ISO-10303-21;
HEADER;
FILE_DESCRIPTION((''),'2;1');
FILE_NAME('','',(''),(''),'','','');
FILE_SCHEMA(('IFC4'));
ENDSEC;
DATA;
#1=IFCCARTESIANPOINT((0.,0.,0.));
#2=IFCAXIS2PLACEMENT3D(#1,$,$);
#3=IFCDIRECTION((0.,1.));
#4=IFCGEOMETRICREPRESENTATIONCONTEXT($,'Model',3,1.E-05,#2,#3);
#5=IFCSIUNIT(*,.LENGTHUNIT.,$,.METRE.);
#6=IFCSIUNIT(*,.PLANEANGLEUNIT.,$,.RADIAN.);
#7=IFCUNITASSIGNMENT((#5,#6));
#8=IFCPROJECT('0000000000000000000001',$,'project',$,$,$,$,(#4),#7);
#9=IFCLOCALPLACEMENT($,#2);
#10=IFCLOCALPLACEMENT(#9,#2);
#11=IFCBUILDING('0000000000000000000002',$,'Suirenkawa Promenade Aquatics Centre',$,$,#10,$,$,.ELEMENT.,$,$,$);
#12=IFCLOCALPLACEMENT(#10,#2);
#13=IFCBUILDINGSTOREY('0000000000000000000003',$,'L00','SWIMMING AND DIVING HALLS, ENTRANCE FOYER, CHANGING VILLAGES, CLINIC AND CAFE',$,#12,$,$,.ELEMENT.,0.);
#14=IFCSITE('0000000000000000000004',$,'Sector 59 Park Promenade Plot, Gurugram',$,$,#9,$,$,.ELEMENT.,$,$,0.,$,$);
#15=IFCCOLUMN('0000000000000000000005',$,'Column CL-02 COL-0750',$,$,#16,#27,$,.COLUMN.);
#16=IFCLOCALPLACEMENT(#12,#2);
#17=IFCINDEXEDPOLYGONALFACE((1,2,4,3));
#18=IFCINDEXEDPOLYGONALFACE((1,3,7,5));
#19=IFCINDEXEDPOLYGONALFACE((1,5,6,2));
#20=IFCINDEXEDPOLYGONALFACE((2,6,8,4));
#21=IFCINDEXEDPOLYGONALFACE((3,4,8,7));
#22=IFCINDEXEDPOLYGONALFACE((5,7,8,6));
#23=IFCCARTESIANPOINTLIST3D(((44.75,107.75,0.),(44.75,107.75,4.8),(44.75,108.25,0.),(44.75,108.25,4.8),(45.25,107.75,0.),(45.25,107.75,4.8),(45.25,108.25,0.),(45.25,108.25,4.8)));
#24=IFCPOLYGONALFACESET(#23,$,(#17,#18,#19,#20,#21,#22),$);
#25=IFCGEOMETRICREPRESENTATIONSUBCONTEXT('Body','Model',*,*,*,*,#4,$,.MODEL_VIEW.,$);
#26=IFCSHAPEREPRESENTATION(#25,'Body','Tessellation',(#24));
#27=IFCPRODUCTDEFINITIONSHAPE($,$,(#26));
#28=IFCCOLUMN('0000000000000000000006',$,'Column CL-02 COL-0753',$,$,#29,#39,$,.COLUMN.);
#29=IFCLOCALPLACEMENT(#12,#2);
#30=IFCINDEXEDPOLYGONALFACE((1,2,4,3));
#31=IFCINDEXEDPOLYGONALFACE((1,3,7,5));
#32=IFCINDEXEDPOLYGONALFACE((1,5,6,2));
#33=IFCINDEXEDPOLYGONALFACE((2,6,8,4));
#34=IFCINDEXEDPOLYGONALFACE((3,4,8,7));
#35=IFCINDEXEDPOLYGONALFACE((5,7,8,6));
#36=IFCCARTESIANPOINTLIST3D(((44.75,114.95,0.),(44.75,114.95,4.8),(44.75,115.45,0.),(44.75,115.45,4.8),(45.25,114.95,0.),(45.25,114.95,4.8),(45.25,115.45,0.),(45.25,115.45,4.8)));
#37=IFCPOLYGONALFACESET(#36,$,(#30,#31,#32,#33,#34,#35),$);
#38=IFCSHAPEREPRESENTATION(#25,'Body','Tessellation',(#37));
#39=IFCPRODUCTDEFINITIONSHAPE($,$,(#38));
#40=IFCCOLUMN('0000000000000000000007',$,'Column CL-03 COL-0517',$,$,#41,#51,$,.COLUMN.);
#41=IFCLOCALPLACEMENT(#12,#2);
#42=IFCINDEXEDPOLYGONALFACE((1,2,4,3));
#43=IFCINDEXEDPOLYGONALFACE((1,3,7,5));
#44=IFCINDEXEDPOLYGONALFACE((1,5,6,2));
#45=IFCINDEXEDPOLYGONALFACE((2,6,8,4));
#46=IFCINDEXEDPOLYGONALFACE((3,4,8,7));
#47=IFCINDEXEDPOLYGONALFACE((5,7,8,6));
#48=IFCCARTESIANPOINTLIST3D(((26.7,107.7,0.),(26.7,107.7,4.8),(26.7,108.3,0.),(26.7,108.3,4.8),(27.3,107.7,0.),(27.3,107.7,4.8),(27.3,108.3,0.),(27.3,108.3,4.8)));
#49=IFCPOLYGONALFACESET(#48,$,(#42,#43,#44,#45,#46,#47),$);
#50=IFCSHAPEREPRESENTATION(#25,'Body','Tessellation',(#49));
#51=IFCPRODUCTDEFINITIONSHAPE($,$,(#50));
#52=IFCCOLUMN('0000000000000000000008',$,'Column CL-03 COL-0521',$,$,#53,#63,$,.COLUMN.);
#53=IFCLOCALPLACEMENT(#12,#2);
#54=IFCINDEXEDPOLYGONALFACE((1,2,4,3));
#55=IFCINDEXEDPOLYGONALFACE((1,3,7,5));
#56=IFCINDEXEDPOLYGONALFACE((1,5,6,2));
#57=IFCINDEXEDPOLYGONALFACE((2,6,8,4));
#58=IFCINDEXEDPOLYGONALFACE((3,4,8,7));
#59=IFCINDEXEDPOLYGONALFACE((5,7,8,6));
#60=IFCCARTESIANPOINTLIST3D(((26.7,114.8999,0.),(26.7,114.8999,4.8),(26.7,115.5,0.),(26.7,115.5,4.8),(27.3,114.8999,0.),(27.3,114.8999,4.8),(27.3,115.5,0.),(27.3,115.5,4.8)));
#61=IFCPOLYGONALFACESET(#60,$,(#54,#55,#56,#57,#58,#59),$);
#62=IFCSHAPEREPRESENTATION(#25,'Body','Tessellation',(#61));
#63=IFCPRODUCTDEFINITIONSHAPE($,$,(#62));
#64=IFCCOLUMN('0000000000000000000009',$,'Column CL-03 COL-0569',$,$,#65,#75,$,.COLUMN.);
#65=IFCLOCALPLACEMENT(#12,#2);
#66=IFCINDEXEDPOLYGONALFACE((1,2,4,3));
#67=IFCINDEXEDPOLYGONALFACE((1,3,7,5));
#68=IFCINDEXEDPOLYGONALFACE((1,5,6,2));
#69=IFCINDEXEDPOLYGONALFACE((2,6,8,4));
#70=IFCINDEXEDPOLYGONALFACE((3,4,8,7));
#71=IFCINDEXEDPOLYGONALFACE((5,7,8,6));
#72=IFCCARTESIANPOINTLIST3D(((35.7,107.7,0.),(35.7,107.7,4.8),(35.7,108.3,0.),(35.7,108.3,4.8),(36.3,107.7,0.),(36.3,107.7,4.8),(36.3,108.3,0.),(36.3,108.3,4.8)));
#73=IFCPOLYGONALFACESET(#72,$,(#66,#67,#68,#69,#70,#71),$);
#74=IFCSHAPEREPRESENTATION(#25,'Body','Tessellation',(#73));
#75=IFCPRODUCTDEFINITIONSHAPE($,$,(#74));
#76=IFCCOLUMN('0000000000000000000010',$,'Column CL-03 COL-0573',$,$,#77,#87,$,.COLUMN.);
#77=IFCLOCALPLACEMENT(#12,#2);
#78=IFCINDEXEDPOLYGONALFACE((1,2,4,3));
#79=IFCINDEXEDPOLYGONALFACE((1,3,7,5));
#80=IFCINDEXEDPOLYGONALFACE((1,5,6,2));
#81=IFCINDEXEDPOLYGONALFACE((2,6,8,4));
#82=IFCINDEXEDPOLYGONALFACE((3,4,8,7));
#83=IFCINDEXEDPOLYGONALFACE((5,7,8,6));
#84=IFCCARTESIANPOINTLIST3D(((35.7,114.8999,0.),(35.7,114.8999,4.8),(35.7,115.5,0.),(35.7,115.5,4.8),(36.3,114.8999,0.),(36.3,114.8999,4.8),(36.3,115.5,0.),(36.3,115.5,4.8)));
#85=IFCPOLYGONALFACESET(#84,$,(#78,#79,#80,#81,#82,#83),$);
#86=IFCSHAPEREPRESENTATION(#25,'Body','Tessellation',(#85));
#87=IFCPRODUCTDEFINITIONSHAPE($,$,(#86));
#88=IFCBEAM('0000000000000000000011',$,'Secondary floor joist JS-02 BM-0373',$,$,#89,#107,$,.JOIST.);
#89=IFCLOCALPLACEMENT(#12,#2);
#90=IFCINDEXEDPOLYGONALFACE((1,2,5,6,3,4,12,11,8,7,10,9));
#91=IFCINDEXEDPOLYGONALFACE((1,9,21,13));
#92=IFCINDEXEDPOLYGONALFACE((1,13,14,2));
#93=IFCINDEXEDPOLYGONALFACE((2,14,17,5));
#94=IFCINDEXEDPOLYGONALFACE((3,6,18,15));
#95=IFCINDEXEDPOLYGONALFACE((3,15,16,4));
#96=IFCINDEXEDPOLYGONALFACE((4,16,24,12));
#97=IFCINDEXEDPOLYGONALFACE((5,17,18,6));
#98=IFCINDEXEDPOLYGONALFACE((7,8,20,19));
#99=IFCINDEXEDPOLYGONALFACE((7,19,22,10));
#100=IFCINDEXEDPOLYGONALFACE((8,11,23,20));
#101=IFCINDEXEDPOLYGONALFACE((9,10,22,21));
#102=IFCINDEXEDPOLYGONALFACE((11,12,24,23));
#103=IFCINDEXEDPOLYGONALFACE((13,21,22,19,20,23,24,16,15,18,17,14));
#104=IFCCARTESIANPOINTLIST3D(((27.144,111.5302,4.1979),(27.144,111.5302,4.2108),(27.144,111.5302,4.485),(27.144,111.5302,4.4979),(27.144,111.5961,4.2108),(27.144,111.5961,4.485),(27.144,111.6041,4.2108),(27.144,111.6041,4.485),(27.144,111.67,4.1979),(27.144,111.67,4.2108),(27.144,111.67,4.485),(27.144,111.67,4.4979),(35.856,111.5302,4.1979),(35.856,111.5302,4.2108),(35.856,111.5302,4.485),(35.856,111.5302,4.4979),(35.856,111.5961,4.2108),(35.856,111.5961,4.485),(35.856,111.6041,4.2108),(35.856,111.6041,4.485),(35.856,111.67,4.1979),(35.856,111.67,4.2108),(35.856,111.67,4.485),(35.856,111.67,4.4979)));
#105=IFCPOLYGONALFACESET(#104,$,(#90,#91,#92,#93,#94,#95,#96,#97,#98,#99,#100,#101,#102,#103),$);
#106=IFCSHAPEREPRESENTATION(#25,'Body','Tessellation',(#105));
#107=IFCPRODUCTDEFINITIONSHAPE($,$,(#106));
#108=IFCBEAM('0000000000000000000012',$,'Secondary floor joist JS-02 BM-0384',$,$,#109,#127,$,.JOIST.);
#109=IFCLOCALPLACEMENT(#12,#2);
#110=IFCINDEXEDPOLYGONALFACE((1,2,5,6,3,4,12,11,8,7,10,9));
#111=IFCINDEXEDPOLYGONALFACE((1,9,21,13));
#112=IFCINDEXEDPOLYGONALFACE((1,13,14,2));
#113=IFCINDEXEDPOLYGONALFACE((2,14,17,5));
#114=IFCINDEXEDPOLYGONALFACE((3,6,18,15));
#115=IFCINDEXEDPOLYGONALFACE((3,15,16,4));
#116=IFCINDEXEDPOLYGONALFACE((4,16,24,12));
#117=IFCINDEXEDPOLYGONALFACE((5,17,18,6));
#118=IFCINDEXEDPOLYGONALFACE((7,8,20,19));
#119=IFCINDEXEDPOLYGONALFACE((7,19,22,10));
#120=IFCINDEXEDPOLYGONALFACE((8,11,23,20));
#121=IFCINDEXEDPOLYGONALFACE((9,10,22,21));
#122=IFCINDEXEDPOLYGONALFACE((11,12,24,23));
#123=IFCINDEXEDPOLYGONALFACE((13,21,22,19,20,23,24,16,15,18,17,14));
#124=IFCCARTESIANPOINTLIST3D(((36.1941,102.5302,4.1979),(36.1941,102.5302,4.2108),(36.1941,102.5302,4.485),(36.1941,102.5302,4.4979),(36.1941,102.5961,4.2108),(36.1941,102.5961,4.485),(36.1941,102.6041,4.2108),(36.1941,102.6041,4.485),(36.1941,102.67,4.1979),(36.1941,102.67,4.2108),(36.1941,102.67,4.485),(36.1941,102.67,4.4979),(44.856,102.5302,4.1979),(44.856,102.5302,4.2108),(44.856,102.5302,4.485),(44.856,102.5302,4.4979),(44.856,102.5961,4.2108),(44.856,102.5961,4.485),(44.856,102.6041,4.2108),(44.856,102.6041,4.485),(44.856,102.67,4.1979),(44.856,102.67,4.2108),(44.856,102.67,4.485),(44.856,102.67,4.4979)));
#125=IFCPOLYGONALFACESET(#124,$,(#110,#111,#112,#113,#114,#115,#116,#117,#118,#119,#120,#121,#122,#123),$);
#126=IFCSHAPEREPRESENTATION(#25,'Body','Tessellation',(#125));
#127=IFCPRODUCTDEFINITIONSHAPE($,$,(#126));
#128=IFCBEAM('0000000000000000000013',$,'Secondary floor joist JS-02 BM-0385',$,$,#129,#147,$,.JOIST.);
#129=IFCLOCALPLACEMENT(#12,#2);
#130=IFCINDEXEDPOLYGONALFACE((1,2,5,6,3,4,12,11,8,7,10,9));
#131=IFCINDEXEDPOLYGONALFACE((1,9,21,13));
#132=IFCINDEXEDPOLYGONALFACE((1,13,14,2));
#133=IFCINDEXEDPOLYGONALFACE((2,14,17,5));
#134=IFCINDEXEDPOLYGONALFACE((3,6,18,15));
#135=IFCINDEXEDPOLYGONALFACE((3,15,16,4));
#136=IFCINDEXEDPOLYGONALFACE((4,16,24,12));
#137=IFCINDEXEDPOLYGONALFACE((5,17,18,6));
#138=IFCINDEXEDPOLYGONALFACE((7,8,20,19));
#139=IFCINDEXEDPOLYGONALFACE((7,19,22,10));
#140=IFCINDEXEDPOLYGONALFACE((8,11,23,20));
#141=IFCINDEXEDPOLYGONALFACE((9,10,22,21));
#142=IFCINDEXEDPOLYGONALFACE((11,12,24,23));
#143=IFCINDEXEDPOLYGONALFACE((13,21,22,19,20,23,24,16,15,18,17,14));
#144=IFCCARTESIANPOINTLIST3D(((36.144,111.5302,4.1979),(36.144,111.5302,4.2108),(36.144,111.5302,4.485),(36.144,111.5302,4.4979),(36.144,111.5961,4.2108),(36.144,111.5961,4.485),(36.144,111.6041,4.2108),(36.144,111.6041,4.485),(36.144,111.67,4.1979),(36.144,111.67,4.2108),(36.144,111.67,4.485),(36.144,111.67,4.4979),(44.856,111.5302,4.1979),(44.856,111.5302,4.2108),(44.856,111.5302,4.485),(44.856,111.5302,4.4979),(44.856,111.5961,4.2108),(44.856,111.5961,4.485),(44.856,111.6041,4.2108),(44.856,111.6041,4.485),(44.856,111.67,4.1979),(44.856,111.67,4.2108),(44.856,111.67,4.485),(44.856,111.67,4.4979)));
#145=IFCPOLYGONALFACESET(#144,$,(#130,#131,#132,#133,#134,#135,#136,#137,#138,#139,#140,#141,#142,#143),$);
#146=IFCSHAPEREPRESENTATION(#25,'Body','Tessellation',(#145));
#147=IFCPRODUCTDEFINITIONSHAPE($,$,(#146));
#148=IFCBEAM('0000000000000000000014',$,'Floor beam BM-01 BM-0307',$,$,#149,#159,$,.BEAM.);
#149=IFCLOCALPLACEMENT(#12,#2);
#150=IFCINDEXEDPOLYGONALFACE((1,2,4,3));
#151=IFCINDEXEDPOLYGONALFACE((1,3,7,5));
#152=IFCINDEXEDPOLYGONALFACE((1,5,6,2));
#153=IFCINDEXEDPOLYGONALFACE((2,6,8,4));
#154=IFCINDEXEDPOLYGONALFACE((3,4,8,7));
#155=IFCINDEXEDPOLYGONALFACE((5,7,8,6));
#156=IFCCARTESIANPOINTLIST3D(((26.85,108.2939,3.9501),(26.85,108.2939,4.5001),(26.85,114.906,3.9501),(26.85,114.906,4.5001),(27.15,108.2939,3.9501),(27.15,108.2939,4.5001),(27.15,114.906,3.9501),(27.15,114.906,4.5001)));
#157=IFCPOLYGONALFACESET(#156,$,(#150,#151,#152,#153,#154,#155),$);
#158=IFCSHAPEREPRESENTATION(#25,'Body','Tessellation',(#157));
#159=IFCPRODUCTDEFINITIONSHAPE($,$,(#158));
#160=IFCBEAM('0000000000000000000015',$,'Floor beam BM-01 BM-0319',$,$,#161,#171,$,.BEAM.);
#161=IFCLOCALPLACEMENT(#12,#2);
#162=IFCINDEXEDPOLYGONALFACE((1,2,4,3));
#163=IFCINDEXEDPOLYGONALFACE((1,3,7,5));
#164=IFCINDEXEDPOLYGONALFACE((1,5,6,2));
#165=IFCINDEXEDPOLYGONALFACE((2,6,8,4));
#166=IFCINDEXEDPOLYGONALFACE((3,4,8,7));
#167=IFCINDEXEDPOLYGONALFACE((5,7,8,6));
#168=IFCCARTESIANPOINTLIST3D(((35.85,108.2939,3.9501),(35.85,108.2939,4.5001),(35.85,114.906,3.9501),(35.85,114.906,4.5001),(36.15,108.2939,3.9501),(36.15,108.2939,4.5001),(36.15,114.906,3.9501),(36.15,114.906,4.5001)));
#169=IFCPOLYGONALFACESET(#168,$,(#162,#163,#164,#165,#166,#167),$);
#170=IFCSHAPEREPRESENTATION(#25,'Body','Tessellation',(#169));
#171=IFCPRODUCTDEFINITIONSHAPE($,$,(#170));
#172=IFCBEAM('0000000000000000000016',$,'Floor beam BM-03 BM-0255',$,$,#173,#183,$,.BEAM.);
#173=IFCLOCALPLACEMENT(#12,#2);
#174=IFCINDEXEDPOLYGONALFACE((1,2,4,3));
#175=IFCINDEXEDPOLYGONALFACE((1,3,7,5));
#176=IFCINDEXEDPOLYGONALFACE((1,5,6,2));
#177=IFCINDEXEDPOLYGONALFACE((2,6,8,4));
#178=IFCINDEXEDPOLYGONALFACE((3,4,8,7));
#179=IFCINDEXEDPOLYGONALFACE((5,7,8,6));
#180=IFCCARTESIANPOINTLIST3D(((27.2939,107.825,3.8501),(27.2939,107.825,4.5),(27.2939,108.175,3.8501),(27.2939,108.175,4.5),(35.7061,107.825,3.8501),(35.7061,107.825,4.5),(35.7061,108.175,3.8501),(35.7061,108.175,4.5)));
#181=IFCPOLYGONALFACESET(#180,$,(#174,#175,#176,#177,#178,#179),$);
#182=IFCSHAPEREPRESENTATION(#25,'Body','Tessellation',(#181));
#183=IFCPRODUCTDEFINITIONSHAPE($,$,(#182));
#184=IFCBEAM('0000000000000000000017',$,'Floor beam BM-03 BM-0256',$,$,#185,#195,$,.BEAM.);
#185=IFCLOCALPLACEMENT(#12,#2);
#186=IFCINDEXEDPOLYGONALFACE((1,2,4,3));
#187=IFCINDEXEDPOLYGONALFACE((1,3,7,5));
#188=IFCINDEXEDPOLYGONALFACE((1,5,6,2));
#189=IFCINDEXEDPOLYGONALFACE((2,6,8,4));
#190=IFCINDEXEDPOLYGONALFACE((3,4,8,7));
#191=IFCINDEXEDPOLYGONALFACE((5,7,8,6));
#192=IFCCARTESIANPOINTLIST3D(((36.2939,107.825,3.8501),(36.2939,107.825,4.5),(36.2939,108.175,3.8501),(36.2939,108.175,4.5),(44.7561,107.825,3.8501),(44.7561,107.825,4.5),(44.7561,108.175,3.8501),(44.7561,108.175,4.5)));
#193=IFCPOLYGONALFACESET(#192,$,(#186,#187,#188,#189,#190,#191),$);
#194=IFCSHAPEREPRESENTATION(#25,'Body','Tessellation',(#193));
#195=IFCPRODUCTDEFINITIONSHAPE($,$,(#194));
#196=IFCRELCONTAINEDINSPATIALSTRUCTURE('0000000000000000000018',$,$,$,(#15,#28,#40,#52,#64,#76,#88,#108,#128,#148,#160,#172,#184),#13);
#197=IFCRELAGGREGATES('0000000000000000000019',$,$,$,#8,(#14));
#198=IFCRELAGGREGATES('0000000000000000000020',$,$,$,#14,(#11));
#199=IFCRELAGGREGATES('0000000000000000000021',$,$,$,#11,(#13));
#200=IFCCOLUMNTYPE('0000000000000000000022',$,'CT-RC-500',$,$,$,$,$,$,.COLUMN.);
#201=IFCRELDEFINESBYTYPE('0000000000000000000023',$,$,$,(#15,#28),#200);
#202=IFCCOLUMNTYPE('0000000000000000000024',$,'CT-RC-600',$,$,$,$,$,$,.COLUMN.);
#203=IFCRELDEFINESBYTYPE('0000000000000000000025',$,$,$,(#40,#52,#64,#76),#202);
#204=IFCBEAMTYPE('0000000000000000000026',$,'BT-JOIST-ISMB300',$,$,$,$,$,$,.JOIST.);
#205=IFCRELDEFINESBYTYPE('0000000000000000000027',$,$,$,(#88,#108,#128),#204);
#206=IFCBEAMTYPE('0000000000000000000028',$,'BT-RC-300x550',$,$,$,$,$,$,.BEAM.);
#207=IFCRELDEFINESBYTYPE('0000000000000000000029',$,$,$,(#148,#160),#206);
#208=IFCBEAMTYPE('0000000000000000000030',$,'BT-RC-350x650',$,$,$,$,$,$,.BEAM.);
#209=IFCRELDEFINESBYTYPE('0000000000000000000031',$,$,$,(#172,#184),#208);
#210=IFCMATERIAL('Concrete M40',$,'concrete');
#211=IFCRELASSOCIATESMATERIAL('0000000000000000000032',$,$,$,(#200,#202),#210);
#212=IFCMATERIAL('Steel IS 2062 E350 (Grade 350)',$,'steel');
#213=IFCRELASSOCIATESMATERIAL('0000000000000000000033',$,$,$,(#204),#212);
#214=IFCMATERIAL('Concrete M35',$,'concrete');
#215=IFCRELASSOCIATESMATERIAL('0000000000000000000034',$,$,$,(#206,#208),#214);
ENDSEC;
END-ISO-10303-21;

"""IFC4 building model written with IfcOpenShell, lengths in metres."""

from ifc_helpers import new_model, si_unit, direction, frame, origin, origin_2d, place, context, subcontext, project, spatial, rectangle, i_section, extrude, material, material_profile, profile_set, type_object, element, save


model = new_model("IFC4")

# Units and contexts
model_context = context("Model", 3, precision=1e-05, world=origin(), true_north=direction((0.0, 1.0)))
body_context = subcontext(model_context, "Body", "Model", "MODEL_VIEW")
ifc_project = project(units=[si_unit("LENGTHUNIT", "METRE"), si_unit("PLANEANGLEUNIT", "RADIAN")], contexts=[model_context])

# Site, building, storey
site_placement = place(None, origin())
site = spatial("IfcSite", under=ifc_project, at=site_placement, Name="Sector 59 Park Promenade Plot, Gurugram", CompositionType="ELEMENT", RefElevation=0.0)
building_placement = place(site_placement, origin())
building = spatial("IfcBuilding", under=site, at=building_placement, Name="Suirenkawa Promenade Aquatics Centre", CompositionType="ELEMENT")
storey_placement = place(building_placement, origin())
storey = spatial("IfcBuildingStorey", under=building, at=storey_placement, Name="L00", Description="SWIMMING AND DIVING HALLS, ENTRANCE FOYER, CHANGING VILLAGES, CLINIC AND CAFE", CompositionType="ELEMENT", Elevation=0.0)

# Columns
ifc_material_1 = material(Name="Concrete M40", Category="concrete")
ifc_material_profile_1 = material_profile(ifc_material_1, rectangle(XDim=0.5, YDim=0.5, at=origin_2d()), Name="RC COL 500x500", Category="concrete")
ifc_profile_set_1 = profile_set([ifc_material_profile_1], Name="Concrete M40")
column_type_1 = type_object("IfcColumnType", Name="CT-RC-500", PredefinedType="COLUMN", material=ifc_profile_set_1)
for number, where, z_axis, x_axis, name in (
    (1, (45.0, 108.0, 0.0), (0.0, 0.0, 1.0), (1.0, 0.0, 0.0), "Column CL-02 COL-0750"),
    (2, (45.0, 115.2, 0.0), (0.0, 0.0, 1.0), (1.0, 0.0, 0.0), "Column CL-02 COL-0753"),
):
    element("IfcColumn", number, at=place(storey_placement, frame(where, z_axis=z_axis, x_axis=x_axis)), inside=storey, type_object=column_type_1, Name=name, PredefinedType="COLUMN", context=body_context, shape_type="SweptSolid", body=[
        extrude(rectangle(XDim=0.5, YDim=0.5, at=origin_2d()), origin(), (0.0, 0.0, 1.0), 4.8),
    ])
ifc_material_profile_2 = material_profile(ifc_material_1, rectangle(XDim=0.6001, YDim=0.6001, at=origin_2d()), Name="RC COL 600x600", Category="concrete")
ifc_profile_set_2 = profile_set([ifc_material_profile_2], Name="Concrete M40")
column_type_2 = type_object("IfcColumnType", Name="CT-RC-600", PredefinedType="COLUMN", material=ifc_profile_set_2)
for number, where, z_axis, x_axis, name in (
    (3, (27.0, 108.0, 0.0), (0.0, 0.0, 1.0), (1.0, 0.0, 0.0), "Column CL-03 COL-0517"),
    (4, (27.0, 115.2, 0.0), (0.0, 0.0, 1.0), (1.0, 0.0, 0.0), "Column CL-03 COL-0521"),
    (5, (36.0, 108.0, 0.0), (0.0, 0.0, 1.0), (1.0, 0.0, 0.0), "Column CL-03 COL-0569"),
    (6, (36.0, 115.2, 0.0), (0.0, 0.0, 1.0), (1.0, 0.0, 0.0), "Column CL-03 COL-0573"),
):
    element("IfcColumn", number, at=place(storey_placement, frame(where, z_axis=z_axis, x_axis=x_axis)), inside=storey, type_object=column_type_2, Name=name, PredefinedType="COLUMN", context=body_context, shape_type="SweptSolid", body=[
        extrude(rectangle(XDim=0.6001, YDim=0.6001, at=origin_2d()), origin(), (0.0, 0.0, 1.0), 4.8),
    ])

# Beams
ifc_material_2 = material(Name="Steel IS 2062 E350 (Grade 350)", Category="steel")
ifc_material_profile_3 = material_profile(ifc_material_2, i_section(OverallWidth=0.1399, OverallDepth=0.3, WebThickness=0.0081, FlangeThickness=0.0129, at=origin_2d()), Name="ISMB 300", Category="steel")
ifc_profile_set_3 = profile_set([ifc_material_profile_3], Name="Steel IS 2062 E350 (Grade 350)")
beam_type_1 = type_object("IfcBeamType", Name="BT-JOIST-ISMB300", PredefinedType="JOIST", material=ifc_profile_set_3)
beam_1_placement = place(storey_placement, frame((27.144, 111.6001, 4.3479), z_axis=(1.0, 0.0, 0.0), x_axis=(0.0, 1.0, 0.0)))
element("IfcBeam", 7, at=beam_1_placement, inside=storey, type_object=beam_type_1, Name="Secondary floor joist JS-02 BM-0373", PredefinedType="JOIST", context=body_context, shape_type="SweptSolid", body=[
    extrude(i_section(OverallWidth=0.1399, OverallDepth=0.3, WebThickness=0.0081, FlangeThickness=0.0129, at=origin_2d()), origin(), (0.0, 0.0, 1.0), 8.7119),
])
beam_2_placement = place(storey_placement, frame((36.1941, 102.6001, 4.3479), z_axis=(1.0, 0.0, 0.0), x_axis=(0.0, 1.0, 0.0)))
element("IfcBeam", 8, at=beam_2_placement, inside=storey, type_object=beam_type_1, Name="Secondary floor joist JS-02 BM-0384", PredefinedType="JOIST", context=body_context, shape_type="SweptSolid", body=[
    extrude(i_section(OverallWidth=0.1399, OverallDepth=0.3, WebThickness=0.0081, FlangeThickness=0.0129, at=origin_2d()), origin(), (0.0, 0.0, 1.0), 8.6619),
])
beam_3_placement = place(storey_placement, frame((36.144, 111.6001, 4.3479), z_axis=(1.0, 0.0, 0.0), x_axis=(0.0, 1.0, 0.0)))
element("IfcBeam", 9, at=beam_3_placement, inside=storey, type_object=beam_type_1, Name="Secondary floor joist JS-02 BM-0385", PredefinedType="JOIST", context=body_context, shape_type="SweptSolid", body=[
    extrude(i_section(OverallWidth=0.1399, OverallDepth=0.3, WebThickness=0.0081, FlangeThickness=0.0129, at=origin_2d()), origin(), (0.0, 0.0, 1.0), 8.7119),
])
ifc_material_3 = material(Name="Concrete M35", Category="concrete")
ifc_material_profile_4 = material_profile(ifc_material_3, rectangle(XDim=0.3, YDim=0.55, at=origin_2d()), Name="RC BM 300x550", Category="concrete")
ifc_profile_set_4 = profile_set([ifc_material_profile_4], Name="Concrete M35")
beam_type_2 = type_object("IfcBeamType", Name="BT-RC-300x550", PredefinedType="BEAM", material=ifc_profile_set_4)
for number, where, z_axis, x_axis, name in (
    (10, (27.0, 108.2939, 4.2251), (0.0, 1.0, 0.0), (-1.0, 0.0, 0.0), "Floor beam BM-01 BM-0307"),
    (11, (36.0, 108.2939, 4.2251), (0.0, 1.0, 0.0), (-1.0, 0.0, 0.0), "Floor beam BM-01 BM-0319"),
):
    element("IfcBeam", number, at=place(storey_placement, frame(where, z_axis=z_axis, x_axis=x_axis)), inside=storey, type_object=beam_type_2, Name=name, PredefinedType="BEAM", context=body_context, shape_type="SweptSolid", body=[
        extrude(rectangle(XDim=0.3, YDim=0.55, at=origin_2d()), origin(), (0.0, 0.0, 1.0), 6.6121),
    ])
ifc_material_profile_5 = material_profile(ifc_material_3, rectangle(XDim=0.3501, YDim=0.6499, at=origin_2d()), Name="RC BM 350x650", Category="concrete")
ifc_profile_set_5 = profile_set([ifc_material_profile_5], Name="Concrete M35")
beam_type_3 = type_object("IfcBeamType", Name="BT-RC-350x650", PredefinedType="BEAM", material=ifc_profile_set_5)
beam_4_placement = place(storey_placement, frame((27.2939, 108.0, 4.175), z_axis=(1.0, 0.0, 0.0), x_axis=(0.0, 1.0, 0.0)))
element("IfcBeam", 12, at=beam_4_placement, inside=storey, type_object=beam_type_3, Name="Floor beam BM-03 BM-0255", PredefinedType="BEAM", context=body_context, shape_type="SweptSolid", body=[
    extrude(rectangle(XDim=0.3501, YDim=0.6499, at=origin_2d()), origin(), (0.0, 0.0, 1.0), 8.4121),
])
beam_5_placement = place(storey_placement, frame((36.2939, 108.0, 4.175), z_axis=(1.0, 0.0, 0.0), x_axis=(0.0, 1.0, 0.0)))
element("IfcBeam", 13, at=beam_5_placement, inside=storey, type_object=beam_type_3, Name="Floor beam BM-03 BM-0256", PredefinedType="BEAM", context=body_context, shape_type="SweptSolid", body=[
    extrude(rectangle(XDim=0.3501, YDim=0.6499, at=origin_2d()), origin(), (0.0, 0.0, 1.0), 8.4622),
])

save(model, "model.ifc")
